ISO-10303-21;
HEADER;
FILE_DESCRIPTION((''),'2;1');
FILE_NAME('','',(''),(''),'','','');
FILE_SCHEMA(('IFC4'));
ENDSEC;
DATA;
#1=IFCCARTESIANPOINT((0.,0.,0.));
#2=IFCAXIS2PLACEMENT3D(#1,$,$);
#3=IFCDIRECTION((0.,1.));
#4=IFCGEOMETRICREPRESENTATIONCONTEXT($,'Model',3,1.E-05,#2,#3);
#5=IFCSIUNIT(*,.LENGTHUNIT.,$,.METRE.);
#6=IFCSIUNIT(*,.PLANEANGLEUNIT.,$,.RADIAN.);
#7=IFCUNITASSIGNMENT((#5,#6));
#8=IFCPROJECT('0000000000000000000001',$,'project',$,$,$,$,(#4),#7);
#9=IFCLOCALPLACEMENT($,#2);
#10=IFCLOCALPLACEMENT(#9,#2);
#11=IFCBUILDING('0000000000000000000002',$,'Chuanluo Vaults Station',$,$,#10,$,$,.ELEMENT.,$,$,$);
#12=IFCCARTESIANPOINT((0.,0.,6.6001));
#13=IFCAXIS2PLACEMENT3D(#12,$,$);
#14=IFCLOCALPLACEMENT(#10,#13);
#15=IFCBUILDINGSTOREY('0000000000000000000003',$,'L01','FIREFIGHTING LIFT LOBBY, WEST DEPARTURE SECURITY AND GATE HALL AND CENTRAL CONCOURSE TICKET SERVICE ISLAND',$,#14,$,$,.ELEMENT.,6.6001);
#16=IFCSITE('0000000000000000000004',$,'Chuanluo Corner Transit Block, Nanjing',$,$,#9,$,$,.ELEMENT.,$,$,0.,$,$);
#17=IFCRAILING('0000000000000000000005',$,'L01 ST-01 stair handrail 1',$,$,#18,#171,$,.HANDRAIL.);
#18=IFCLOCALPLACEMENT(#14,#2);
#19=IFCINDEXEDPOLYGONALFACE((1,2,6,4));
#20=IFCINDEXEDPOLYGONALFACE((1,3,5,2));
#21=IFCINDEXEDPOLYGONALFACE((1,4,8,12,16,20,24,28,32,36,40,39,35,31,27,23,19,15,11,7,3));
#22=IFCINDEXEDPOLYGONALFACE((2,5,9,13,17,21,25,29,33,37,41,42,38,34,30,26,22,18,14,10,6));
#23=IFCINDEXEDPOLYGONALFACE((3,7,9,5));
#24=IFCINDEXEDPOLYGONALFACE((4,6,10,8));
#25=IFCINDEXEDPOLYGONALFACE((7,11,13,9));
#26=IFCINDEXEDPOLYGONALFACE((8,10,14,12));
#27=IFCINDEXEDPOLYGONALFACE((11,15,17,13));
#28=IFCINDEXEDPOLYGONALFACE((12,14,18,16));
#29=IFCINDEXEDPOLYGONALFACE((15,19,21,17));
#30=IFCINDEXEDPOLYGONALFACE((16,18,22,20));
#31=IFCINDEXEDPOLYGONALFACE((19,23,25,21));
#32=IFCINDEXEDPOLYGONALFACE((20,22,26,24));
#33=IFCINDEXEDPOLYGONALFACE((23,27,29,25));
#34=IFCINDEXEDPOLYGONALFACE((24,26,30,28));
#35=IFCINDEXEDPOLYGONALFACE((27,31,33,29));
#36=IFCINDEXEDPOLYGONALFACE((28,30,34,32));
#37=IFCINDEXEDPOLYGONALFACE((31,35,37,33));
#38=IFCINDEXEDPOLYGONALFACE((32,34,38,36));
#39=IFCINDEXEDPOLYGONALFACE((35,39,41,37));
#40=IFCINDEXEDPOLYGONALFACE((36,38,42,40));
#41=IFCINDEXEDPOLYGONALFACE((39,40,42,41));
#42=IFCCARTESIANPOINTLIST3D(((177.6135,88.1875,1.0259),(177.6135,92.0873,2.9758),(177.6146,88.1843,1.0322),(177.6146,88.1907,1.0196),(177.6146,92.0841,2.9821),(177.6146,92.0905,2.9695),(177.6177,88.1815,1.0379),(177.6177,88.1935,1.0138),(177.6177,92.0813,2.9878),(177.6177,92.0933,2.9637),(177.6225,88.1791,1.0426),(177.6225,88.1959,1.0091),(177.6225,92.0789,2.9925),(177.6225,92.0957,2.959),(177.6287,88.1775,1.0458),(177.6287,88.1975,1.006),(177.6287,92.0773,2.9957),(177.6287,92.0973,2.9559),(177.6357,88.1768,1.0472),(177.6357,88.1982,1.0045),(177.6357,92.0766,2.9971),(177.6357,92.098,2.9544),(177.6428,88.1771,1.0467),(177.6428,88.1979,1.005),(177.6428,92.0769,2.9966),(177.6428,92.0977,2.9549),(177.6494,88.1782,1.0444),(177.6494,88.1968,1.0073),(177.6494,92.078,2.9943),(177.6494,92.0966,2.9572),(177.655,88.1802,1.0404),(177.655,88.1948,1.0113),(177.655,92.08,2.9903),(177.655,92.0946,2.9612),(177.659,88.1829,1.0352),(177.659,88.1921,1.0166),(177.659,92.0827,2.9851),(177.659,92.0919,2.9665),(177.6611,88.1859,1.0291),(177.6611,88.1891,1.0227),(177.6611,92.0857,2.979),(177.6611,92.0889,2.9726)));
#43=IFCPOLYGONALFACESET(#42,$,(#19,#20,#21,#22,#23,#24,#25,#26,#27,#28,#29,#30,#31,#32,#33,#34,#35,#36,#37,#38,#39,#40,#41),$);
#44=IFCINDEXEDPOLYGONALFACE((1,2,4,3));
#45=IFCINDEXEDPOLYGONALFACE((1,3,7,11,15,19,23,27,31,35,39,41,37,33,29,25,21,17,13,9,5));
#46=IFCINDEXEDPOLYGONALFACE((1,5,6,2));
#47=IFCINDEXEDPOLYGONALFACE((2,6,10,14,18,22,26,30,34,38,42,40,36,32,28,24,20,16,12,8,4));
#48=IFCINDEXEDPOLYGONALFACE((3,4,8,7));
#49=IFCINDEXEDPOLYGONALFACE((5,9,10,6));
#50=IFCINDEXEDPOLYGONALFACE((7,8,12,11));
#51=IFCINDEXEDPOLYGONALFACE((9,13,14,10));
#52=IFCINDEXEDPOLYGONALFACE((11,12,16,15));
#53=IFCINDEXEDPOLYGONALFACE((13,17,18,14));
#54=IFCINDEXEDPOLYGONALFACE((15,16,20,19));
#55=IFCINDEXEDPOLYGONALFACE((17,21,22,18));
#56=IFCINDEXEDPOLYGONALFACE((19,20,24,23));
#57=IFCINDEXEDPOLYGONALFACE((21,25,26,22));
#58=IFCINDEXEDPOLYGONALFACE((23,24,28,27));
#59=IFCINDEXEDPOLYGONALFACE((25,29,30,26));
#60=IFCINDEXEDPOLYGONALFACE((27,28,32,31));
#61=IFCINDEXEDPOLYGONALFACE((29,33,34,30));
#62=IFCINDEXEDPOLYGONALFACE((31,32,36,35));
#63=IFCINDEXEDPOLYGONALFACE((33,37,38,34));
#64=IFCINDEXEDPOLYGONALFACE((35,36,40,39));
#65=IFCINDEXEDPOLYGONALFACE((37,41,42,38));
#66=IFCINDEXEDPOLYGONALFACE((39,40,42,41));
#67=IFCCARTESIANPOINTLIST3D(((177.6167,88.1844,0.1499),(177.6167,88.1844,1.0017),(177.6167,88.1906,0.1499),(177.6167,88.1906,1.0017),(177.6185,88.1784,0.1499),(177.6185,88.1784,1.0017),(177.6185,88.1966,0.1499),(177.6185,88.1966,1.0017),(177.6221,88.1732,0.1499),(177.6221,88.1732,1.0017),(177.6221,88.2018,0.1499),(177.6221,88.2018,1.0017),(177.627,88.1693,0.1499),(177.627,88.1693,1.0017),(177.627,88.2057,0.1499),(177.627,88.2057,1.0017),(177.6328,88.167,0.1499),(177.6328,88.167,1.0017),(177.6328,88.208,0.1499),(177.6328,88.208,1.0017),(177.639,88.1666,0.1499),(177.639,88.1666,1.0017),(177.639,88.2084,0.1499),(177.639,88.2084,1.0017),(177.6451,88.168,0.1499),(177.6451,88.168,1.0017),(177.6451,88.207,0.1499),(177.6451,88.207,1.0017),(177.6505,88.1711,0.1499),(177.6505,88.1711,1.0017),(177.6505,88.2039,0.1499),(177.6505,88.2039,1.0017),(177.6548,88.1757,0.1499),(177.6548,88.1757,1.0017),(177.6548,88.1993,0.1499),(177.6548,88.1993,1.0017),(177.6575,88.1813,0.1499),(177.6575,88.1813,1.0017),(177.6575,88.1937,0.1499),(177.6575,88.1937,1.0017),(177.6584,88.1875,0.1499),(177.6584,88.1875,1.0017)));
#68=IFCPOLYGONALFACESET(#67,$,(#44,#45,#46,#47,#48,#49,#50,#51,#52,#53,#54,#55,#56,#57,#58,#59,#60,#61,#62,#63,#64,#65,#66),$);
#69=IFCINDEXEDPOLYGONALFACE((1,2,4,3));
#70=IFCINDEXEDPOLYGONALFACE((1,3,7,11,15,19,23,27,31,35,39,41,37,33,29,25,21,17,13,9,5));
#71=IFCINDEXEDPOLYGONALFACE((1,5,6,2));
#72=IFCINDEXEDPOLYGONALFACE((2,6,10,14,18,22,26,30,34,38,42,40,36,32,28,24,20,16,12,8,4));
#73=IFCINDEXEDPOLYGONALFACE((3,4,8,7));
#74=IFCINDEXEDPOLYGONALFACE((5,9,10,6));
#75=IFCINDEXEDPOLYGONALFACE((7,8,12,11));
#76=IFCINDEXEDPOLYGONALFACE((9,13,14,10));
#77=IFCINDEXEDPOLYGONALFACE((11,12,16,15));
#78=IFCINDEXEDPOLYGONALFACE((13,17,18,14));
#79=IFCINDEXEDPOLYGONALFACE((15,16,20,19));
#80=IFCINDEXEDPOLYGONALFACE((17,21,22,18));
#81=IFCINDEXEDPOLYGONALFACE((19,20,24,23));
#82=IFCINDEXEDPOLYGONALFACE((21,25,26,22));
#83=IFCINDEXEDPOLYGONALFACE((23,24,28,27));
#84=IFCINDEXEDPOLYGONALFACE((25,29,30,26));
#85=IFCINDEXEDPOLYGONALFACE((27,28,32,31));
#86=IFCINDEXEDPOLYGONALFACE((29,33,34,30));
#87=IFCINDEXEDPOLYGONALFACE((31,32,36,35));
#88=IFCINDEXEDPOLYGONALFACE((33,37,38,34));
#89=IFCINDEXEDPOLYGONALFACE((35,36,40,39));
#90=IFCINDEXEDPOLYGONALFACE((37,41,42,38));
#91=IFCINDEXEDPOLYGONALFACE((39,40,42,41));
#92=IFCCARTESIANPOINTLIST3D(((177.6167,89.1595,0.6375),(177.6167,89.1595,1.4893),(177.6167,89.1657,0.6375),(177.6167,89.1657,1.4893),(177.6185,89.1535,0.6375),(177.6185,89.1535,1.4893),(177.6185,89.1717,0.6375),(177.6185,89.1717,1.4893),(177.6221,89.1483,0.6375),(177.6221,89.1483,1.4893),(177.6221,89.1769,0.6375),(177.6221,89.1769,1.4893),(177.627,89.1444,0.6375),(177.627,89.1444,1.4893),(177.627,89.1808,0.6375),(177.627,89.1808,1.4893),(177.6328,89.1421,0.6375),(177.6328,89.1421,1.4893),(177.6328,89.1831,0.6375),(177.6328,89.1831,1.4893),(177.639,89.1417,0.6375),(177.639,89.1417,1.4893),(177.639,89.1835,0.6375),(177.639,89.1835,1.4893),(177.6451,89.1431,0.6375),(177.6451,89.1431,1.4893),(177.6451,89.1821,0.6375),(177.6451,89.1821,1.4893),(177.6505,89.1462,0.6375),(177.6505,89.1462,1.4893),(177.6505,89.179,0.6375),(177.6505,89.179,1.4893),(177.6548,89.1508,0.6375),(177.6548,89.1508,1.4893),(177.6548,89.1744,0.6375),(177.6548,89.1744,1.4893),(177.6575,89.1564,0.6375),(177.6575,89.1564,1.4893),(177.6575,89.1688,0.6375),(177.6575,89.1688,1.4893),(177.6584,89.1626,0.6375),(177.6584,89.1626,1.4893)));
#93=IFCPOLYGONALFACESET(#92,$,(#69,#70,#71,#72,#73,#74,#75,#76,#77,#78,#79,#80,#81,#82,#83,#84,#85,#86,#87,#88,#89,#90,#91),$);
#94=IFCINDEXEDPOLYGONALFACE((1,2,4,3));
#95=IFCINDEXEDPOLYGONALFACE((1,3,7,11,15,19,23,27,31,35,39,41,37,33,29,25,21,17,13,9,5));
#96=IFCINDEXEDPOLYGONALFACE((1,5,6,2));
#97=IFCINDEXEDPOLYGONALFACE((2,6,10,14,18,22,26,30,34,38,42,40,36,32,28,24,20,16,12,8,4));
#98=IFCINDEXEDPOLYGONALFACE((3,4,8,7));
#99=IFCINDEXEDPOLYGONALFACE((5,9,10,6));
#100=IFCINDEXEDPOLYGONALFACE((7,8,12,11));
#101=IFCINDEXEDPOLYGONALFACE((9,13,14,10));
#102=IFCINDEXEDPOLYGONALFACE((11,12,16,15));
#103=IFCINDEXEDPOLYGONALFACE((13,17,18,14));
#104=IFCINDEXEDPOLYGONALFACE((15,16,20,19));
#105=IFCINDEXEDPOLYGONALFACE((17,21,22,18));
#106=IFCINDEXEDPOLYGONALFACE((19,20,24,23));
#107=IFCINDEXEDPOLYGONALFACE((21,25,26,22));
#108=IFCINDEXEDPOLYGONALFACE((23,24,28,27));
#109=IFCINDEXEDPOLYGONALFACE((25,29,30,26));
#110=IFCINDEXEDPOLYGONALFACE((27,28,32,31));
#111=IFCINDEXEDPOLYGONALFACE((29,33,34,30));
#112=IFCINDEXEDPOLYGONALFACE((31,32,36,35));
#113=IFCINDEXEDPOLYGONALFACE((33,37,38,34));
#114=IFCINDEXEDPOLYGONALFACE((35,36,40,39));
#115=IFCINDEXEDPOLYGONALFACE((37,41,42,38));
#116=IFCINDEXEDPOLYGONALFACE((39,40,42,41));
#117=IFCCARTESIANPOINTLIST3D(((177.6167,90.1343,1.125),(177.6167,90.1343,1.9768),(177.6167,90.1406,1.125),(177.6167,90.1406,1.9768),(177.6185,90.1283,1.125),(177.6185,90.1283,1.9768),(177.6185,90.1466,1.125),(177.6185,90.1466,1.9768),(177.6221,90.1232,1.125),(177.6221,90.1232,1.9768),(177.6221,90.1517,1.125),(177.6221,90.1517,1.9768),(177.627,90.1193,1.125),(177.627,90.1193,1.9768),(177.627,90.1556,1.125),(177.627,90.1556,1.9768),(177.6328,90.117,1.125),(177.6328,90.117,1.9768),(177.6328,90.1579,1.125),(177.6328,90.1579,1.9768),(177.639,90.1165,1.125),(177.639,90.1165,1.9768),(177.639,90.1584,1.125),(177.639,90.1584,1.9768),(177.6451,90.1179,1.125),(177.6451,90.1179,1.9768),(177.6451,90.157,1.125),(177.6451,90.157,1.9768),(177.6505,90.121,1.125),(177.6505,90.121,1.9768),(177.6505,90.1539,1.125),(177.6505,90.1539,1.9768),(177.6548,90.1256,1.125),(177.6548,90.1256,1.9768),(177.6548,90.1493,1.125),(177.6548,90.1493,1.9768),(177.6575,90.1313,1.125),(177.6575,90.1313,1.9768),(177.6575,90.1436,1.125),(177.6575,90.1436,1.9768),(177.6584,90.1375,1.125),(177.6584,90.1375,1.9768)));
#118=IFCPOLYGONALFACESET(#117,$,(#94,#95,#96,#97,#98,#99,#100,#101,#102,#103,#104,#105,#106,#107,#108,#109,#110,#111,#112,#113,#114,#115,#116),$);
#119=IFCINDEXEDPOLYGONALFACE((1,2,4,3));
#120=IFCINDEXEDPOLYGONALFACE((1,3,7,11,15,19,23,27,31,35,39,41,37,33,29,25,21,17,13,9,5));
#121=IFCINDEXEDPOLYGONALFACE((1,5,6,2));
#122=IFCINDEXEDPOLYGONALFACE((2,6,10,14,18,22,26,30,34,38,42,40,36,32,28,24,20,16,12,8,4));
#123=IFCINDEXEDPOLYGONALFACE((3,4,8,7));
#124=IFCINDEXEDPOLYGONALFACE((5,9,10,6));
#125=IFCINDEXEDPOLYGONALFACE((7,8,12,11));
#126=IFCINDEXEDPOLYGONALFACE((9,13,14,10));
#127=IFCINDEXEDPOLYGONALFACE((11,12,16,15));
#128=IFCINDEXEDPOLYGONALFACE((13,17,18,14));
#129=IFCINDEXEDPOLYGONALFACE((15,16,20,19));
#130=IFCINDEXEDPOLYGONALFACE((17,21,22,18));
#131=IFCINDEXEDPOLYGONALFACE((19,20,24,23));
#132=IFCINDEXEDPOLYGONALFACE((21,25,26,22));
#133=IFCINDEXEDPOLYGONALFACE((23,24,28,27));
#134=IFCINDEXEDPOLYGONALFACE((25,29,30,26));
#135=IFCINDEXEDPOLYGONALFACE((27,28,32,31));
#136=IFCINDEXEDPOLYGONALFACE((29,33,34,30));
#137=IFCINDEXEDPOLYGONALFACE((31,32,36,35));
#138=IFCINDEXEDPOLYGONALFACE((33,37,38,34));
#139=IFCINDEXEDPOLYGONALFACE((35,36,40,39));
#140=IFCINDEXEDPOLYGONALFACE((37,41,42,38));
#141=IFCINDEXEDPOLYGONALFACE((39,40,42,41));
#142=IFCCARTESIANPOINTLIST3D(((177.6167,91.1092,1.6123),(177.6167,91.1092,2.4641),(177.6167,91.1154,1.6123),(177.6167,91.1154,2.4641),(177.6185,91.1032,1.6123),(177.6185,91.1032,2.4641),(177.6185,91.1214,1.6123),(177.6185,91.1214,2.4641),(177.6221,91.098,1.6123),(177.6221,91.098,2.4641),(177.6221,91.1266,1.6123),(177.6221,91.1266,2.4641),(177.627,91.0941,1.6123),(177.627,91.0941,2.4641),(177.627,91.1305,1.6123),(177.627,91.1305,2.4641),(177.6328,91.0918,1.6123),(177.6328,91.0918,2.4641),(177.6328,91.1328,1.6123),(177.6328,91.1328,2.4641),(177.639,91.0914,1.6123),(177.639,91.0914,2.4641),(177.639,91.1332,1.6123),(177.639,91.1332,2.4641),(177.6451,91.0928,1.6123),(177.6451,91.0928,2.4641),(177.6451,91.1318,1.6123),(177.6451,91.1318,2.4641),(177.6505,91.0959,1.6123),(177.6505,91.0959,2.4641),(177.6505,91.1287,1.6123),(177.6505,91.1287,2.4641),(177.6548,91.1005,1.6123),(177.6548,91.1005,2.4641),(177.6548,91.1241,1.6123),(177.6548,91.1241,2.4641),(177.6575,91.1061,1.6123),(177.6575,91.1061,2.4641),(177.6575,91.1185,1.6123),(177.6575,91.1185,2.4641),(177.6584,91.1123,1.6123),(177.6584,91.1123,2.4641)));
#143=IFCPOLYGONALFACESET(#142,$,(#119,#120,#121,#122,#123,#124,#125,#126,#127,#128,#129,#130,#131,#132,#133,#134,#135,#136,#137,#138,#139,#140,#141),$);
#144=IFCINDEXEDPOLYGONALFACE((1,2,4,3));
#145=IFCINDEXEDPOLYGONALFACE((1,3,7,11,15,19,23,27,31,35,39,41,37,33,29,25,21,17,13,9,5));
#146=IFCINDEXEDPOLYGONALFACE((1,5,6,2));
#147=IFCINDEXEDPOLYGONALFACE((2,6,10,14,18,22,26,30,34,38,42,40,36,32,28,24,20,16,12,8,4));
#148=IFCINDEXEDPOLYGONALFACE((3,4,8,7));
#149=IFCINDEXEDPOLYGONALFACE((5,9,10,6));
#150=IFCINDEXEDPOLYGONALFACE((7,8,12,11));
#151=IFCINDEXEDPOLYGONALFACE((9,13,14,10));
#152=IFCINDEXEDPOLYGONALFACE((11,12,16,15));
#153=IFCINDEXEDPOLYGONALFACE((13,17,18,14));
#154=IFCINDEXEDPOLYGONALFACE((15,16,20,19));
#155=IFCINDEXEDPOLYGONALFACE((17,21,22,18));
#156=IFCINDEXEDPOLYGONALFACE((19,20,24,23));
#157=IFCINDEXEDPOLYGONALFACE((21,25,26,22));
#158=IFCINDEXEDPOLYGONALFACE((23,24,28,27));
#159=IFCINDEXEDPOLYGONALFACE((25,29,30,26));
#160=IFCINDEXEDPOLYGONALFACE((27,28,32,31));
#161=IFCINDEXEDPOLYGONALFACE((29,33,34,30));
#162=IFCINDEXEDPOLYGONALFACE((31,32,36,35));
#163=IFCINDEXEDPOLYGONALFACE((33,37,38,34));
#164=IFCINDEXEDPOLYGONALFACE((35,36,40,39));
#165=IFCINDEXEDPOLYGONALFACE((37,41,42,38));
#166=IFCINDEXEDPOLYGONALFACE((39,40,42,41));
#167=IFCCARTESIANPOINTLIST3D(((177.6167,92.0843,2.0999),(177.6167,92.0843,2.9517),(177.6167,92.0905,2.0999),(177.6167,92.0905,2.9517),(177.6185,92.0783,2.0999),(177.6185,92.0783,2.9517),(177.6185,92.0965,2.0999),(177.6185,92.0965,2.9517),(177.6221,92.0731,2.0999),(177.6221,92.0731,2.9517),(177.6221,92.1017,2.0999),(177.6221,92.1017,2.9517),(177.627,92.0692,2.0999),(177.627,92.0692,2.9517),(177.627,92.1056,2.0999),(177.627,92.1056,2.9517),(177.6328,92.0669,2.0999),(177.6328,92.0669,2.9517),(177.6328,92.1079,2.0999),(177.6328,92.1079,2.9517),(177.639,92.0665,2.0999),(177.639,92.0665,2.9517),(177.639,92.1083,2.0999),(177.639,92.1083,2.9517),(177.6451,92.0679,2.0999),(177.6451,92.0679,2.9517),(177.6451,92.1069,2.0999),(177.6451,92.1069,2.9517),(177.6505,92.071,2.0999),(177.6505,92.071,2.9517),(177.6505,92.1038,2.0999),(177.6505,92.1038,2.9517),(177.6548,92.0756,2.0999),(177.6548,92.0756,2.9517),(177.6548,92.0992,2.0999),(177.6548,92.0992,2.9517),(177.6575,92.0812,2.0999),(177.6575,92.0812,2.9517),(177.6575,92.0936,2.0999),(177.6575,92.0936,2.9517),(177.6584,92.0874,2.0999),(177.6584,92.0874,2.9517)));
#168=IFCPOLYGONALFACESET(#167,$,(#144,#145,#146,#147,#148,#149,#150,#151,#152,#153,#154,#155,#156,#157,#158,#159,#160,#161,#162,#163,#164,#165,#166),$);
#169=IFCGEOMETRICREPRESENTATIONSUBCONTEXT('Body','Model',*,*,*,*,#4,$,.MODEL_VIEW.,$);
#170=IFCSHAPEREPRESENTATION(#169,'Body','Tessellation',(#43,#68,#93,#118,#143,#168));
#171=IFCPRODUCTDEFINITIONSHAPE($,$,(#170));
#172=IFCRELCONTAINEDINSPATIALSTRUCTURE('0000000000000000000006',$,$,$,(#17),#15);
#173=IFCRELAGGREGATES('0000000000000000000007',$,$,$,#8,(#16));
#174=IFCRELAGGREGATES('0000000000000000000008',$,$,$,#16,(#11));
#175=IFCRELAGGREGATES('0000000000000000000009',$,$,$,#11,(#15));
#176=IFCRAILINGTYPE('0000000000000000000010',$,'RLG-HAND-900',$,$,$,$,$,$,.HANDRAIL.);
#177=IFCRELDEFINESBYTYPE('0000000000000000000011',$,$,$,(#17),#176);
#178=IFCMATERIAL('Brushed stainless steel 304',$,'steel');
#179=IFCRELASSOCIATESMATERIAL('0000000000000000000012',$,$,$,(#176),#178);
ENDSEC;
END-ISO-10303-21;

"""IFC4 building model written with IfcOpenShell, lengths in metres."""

from ifc_helpers import new_model, si_unit, direction, frame, origin, origin_2d, place, context, subcontext, project, spatial, circle, extrude, material, type_object, element, save


model = new_model("IFC4")

# Units and contexts
model_context = context("Model", 3, precision=1e-05, world=origin(), true_north=direction((0.0, 1.0)))
body_context = subcontext(model_context, "Body", "Model", "MODEL_VIEW")
ifc_project = project(units=[si_unit("LENGTHUNIT", "METRE"), si_unit("PLANEANGLEUNIT", "RADIAN")], contexts=[model_context])

# Site, building, storey
site_placement = place(None, origin())
site = spatial("IfcSite", under=ifc_project, at=site_placement, Name="Chuanluo Corner Transit Block, Nanjing", CompositionType="ELEMENT", RefElevation=0.0)
building_placement = place(site_placement, origin())
building = spatial("IfcBuilding", under=site, at=building_placement, Name="Chuanluo Vaults Station", CompositionType="ELEMENT")
storey_placement = place(building_placement, frame((0.0, 0.0, 6.6001)))
storey = spatial("IfcBuildingStorey", under=building, at=storey_placement, Name="L01", Description="FIREFIGHTING LIFT LOBBY, WEST DEPARTURE SECURITY AND GATE HALL AND CENTRAL CONCOURSE TICKET SERVICE ISLAND", CompositionType="ELEMENT", Elevation=6.6001)

# Railing
ifc_material_1 = material(Name="Brushed stainless steel 304", Category="steel")
railing_type_1 = type_object("IfcRailingType", Name="RLG-HAND-900", PredefinedType="HANDRAIL", material=ifc_material_1)
railing_1_placement = place(storey_placement, frame((177.6375, 88.1875, 0.1499)))
element("IfcRailing", 1, at=railing_1_placement, inside=storey, type_object=railing_type_1, Name="L01 ST-01 stair handrail 1", PredefinedType="HANDRAIL", context=body_context, shape_type="SweptSolid", body=[
    extrude(circle(Radius=0.0239, at=origin_2d()), frame((0.0, 0.0, 0.876), z_axis=(0.0, 0.894427, 0.447214), x_axis=(-1.0, 0.0, 0.0)), (0.0, 0.0, 1.0), 4.3601),
    extrude(circle(Radius=0.021, at=origin_2d()), origin(), (0.0, 0.0, 1.0), 0.8518),
    extrude(circle(Radius=0.021, at=origin_2d()), frame((0.0, 0.9751, 0.4875)), (0.0, 0.0, 1.0), 0.8518),
    extrude(circle(Radius=0.021, at=origin_2d()), frame((0.0, 1.95, 0.9751)), (0.0, 0.0, 1.0), 0.8518),
    extrude(circle(Radius=0.021, at=origin_2d()), frame((0.0, 2.9248, 1.4624)), (0.0, 0.0, 1.0), 0.8518),
    extrude(circle(Radius=0.021, at=origin_2d()), frame((0.0, 3.8999, 1.95)), (0.0, 0.0, 1.0), 0.8518),
])

save(model, "model.ifc")
